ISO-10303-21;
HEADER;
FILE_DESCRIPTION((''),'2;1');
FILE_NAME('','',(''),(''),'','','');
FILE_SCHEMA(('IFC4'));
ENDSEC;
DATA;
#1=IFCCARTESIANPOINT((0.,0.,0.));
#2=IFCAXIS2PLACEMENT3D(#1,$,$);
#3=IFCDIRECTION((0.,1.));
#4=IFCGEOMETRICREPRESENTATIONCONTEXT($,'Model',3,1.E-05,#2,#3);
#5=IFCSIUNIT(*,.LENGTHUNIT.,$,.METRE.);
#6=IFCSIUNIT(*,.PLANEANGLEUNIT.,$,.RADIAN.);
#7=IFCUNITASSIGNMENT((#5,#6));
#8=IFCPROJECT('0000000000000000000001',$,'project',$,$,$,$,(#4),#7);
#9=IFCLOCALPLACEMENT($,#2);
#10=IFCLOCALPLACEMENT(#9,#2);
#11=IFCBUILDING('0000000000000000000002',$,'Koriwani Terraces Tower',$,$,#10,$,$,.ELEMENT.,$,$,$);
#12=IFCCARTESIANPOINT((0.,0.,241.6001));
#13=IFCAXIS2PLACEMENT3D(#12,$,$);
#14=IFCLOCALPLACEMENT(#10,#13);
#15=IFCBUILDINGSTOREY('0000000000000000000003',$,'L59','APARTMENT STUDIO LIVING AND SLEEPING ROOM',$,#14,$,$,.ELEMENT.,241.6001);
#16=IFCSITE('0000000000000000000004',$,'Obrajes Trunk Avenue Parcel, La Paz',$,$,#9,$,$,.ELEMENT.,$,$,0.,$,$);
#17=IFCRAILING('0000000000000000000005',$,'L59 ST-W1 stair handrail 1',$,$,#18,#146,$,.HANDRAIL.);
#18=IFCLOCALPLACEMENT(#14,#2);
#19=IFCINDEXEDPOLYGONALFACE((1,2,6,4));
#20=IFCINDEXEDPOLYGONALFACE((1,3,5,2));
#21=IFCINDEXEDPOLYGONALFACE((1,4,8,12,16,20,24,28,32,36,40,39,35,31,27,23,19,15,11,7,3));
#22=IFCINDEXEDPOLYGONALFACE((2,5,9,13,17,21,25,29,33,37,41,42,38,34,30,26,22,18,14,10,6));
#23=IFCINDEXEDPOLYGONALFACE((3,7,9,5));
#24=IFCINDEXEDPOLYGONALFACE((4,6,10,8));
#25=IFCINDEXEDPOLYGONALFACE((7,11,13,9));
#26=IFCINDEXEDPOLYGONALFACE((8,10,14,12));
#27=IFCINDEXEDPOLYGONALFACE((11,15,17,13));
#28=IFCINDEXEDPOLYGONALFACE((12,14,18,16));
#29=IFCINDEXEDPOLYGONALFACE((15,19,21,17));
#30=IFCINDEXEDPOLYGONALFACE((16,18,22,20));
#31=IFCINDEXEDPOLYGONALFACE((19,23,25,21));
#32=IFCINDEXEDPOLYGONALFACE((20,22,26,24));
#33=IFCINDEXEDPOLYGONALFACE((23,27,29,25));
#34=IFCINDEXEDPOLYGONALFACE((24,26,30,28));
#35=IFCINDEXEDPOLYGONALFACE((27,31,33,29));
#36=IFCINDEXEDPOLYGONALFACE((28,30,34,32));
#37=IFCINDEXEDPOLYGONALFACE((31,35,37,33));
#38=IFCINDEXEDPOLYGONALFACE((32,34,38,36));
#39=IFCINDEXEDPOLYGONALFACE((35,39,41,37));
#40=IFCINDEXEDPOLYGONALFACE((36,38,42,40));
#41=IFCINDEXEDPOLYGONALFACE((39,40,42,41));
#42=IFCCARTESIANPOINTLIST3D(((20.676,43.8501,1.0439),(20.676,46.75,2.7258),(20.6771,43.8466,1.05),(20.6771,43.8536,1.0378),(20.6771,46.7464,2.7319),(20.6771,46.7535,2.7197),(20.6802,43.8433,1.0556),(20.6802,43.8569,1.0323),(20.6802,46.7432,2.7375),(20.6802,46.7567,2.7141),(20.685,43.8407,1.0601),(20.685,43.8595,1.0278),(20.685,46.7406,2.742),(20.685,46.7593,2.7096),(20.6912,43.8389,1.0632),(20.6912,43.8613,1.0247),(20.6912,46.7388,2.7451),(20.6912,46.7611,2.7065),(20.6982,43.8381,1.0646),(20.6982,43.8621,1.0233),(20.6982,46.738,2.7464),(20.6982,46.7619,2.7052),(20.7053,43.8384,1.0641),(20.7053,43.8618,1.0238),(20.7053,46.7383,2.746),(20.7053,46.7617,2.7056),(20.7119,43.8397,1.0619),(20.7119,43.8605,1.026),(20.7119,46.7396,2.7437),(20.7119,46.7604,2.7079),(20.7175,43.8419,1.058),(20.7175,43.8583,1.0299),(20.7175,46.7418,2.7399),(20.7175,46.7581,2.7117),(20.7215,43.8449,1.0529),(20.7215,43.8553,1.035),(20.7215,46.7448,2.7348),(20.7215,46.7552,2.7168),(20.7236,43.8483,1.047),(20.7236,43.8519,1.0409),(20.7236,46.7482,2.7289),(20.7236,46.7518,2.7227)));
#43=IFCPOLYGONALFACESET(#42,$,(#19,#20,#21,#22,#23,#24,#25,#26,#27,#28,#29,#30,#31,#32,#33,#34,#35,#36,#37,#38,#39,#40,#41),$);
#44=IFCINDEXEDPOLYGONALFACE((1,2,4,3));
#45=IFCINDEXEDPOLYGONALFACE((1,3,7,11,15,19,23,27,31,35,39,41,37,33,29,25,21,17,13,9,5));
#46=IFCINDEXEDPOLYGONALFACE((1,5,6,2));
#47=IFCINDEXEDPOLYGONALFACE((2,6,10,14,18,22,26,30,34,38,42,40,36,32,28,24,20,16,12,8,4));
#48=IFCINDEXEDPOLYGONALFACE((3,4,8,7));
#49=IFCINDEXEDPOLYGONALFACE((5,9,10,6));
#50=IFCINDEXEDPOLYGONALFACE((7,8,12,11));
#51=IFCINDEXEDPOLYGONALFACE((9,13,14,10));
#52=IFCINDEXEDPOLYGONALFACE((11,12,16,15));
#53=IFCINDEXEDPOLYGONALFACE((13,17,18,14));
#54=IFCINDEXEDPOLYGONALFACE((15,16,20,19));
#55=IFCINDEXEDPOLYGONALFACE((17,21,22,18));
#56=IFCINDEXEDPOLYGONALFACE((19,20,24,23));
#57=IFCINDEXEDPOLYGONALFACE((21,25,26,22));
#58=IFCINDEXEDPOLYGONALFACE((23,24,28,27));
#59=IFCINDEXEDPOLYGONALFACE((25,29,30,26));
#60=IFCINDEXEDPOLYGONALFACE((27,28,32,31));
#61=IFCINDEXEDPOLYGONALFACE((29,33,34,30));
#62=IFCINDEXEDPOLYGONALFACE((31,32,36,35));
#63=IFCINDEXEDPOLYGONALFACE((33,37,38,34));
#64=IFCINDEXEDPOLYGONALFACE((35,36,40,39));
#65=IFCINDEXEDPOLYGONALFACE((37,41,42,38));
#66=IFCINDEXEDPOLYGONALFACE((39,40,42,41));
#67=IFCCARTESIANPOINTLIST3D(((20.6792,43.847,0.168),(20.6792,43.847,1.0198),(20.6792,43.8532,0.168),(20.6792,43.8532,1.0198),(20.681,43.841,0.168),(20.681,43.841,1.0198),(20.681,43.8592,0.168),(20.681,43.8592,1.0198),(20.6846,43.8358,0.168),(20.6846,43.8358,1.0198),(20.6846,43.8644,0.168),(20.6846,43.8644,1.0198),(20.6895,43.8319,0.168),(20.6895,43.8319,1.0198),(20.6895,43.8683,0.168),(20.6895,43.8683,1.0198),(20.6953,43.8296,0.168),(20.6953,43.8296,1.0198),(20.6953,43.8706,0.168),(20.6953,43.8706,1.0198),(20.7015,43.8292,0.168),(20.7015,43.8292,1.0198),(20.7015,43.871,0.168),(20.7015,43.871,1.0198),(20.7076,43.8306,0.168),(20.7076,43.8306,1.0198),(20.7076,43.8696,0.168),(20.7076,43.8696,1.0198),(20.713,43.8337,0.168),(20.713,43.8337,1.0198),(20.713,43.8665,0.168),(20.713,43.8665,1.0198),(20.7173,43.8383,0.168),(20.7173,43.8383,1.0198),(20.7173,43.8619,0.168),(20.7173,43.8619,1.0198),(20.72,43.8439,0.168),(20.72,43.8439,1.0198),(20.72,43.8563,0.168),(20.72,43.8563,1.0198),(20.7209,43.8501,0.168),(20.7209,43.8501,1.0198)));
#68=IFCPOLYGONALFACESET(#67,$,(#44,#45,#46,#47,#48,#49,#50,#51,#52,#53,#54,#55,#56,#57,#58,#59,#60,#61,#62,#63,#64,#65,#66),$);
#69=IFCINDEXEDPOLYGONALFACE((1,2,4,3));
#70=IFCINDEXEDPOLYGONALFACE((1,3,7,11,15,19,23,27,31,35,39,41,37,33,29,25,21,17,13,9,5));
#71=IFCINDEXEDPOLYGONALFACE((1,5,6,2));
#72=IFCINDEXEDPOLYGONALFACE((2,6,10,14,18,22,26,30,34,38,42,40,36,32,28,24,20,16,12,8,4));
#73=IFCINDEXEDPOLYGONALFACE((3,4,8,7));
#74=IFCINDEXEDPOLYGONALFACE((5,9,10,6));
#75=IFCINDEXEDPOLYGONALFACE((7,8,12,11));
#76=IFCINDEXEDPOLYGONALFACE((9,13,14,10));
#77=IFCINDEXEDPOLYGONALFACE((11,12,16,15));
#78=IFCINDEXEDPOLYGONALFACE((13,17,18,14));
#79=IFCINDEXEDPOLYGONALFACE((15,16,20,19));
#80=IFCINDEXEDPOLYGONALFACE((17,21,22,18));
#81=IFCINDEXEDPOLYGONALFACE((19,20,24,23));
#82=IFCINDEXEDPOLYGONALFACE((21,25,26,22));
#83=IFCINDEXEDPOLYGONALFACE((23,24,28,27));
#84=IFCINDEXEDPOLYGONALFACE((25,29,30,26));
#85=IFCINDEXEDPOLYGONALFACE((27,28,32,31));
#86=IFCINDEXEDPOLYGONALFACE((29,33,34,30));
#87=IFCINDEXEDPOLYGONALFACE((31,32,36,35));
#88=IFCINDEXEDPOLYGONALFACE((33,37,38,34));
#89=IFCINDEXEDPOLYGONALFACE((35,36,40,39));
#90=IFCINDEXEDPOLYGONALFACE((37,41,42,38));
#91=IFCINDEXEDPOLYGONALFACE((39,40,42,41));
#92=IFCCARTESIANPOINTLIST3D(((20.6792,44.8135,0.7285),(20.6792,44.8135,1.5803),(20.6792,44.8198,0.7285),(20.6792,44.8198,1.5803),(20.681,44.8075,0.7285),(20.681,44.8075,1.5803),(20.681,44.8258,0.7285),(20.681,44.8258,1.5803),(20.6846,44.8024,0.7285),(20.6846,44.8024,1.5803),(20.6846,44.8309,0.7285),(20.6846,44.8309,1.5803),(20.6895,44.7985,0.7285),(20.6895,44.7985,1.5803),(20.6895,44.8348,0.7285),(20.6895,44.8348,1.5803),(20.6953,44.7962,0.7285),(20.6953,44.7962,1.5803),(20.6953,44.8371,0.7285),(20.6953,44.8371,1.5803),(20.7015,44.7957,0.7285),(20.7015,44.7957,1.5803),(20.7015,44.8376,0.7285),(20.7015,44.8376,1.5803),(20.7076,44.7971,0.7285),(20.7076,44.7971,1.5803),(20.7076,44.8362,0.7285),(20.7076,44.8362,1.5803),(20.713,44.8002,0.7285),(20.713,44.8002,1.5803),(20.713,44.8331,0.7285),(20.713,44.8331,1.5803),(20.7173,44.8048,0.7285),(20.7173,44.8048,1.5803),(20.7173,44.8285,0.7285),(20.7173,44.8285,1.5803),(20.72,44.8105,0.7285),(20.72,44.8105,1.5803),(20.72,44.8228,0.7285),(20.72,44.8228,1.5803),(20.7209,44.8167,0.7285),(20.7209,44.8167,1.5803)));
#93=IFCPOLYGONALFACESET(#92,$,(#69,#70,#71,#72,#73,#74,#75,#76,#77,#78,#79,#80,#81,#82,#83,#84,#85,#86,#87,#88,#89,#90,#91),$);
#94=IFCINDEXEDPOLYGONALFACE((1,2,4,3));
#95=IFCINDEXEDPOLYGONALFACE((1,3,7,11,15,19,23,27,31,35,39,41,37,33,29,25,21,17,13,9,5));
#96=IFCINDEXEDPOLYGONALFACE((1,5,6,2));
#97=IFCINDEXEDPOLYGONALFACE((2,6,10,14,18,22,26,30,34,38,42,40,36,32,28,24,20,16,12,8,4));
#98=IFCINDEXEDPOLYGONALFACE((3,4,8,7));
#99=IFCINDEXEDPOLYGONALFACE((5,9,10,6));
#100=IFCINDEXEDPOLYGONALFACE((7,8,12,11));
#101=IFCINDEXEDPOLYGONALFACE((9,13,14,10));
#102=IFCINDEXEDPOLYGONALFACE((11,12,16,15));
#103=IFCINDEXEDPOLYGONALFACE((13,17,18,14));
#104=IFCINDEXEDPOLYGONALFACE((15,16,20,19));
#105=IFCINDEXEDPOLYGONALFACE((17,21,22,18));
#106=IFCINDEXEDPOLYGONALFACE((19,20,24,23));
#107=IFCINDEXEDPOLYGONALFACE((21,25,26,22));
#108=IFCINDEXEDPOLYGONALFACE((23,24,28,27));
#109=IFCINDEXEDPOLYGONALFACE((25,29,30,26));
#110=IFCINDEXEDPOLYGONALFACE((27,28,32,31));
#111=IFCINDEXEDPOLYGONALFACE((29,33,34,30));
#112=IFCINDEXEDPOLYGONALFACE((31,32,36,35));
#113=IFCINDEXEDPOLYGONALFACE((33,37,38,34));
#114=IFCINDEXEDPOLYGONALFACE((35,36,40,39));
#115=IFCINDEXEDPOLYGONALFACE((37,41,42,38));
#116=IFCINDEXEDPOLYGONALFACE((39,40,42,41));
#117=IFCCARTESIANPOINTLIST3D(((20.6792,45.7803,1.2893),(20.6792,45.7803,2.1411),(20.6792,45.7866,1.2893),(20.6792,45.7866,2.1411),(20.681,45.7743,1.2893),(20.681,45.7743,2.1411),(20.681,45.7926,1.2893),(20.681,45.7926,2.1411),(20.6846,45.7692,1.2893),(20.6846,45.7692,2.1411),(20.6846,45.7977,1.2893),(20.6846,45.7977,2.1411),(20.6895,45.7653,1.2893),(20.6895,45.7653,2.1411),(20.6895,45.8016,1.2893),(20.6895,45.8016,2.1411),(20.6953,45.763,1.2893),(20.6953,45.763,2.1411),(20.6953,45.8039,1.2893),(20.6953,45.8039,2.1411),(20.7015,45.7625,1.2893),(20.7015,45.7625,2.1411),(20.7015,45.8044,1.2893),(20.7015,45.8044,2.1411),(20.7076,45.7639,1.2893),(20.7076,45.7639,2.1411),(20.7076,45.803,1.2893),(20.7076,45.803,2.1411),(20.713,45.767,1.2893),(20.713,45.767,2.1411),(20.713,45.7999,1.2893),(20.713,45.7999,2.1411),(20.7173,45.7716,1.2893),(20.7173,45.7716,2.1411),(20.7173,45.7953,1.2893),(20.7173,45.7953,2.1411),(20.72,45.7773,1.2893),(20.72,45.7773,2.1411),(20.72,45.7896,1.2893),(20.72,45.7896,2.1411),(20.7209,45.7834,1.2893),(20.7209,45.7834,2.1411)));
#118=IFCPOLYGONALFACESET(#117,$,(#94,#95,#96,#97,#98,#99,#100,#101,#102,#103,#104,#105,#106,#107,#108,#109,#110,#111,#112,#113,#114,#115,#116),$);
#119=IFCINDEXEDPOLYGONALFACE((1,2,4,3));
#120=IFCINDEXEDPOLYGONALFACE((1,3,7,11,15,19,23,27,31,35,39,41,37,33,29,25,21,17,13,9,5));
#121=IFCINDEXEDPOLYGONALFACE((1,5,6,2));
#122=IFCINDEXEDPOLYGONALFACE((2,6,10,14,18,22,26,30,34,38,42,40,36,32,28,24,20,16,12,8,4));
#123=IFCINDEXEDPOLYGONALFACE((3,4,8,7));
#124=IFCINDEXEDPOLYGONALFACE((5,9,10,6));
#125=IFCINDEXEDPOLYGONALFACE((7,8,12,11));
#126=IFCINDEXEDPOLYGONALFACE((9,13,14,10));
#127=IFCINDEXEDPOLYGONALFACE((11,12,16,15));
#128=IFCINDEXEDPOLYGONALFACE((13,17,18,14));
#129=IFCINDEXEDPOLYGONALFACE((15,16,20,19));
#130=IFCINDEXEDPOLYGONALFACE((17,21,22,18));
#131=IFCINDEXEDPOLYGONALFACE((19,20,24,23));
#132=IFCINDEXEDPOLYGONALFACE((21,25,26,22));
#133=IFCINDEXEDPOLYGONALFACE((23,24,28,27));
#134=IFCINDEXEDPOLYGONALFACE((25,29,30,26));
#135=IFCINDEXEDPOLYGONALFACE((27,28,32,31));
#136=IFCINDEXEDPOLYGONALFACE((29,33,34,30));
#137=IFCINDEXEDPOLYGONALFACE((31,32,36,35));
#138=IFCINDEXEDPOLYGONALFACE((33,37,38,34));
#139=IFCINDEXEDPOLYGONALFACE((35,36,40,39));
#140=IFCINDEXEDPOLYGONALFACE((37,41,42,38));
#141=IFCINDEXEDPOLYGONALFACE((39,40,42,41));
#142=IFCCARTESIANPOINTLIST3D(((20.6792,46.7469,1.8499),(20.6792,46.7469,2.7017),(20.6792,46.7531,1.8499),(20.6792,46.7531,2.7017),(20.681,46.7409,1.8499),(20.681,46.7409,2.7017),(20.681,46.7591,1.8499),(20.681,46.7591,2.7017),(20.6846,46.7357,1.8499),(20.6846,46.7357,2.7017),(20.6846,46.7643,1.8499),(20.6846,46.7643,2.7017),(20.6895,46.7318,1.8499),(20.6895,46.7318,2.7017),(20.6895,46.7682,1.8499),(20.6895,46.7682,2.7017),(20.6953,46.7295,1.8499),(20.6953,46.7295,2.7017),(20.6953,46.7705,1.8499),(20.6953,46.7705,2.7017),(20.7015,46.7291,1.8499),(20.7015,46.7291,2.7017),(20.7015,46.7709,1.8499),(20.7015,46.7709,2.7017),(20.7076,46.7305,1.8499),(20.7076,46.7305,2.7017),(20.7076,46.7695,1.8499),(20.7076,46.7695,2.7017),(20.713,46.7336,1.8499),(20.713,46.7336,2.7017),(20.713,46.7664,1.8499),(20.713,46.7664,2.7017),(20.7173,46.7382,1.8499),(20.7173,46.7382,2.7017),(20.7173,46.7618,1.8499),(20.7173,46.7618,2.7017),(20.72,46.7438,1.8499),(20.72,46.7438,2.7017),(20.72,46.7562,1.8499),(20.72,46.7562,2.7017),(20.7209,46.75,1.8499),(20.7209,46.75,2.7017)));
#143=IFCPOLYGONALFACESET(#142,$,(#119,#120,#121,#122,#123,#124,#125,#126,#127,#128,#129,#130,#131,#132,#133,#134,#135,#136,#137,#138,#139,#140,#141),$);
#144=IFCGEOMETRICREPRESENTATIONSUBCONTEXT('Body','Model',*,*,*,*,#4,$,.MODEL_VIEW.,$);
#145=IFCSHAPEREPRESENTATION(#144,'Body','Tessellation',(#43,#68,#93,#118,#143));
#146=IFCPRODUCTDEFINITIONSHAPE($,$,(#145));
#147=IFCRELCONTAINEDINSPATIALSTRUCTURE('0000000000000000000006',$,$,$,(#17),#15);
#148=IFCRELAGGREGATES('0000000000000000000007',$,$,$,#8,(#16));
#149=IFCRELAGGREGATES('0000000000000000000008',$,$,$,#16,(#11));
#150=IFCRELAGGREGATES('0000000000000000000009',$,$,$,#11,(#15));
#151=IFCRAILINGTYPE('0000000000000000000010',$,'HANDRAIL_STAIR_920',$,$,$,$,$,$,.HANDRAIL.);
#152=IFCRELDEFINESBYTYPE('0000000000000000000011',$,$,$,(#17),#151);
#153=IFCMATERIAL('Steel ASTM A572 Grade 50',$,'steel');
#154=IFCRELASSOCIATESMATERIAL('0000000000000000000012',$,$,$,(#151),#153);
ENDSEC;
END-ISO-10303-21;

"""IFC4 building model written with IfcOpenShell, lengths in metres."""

from ifc_helpers import new_model, si_unit, direction, frame, origin, origin_2d, place, context, subcontext, project, spatial, circle, extrude, material, type_object, element, save


model = new_model("IFC4")

# Units and contexts
model_context = context("Model", 3, precision=1e-05, world=origin(), true_north=direction((0.0, 1.0)))
body_context = subcontext(model_context, "Body", "Model", "MODEL_VIEW")
ifc_project = project(units=[si_unit("LENGTHUNIT", "METRE"), si_unit("PLANEANGLEUNIT", "RADIAN")], contexts=[model_context])

# Site, building, storey
site_placement = place(None, origin())
site = spatial("IfcSite", under=ifc_project, at=site_placement, Name="Obrajes Trunk Avenue Parcel, La Paz", CompositionType="ELEMENT", RefElevation=0.0)
building_placement = place(site_placement, origin())
building = spatial("IfcBuilding", under=site, at=building_placement, Name="Koriwani Terraces Tower", CompositionType="ELEMENT")
storey_placement = place(building_placement, frame((0.0, 0.0, 241.6001)))
storey = spatial("IfcBuildingStorey", under=building, at=storey_placement, Name="L59", Description="APARTMENT STUDIO LIVING AND SLEEPING ROOM", CompositionType="ELEMENT", Elevation=241.6001)

# Shared definitions
ifc_material_1 = material(Name="Steel ASTM A572 Grade 50", Category="steel")

# Railing
railing_type_1 = type_object("IfcRailingType", Name="HANDRAIL_STAIR_920", PredefinedType="HANDRAIL", material=ifc_material_1)
railing_1_placement = place(storey_placement, frame((20.7, 43.8501, 0.168)))
element("IfcRailing", 1, at=railing_1_placement, inside=storey, type_object=railing_type_1, Name="L59 ST-W1 stair handrail 1", PredefinedType="HANDRAIL", context=body_context, shape_type="SweptSolid", body=[
    extrude(circle(Radius=0.0239, at=origin_2d()), frame((0.0, 0.0, 0.876), z_axis=(0.0, 0.865039, 0.501705), x_axis=(-1.0, 0.0, 0.0)), (0.0, 0.0, 1.0), 3.3523),
    extrude(circle(Radius=0.021, at=origin_2d()), origin(), (0.0, 0.0, 1.0), 0.8518),
    extrude(circle(Radius=0.021, at=origin_2d()), frame((0.0, 0.9666, 0.5605)), (0.0, 0.0, 1.0), 0.8518),
    extrude(circle(Radius=0.021, at=origin_2d()), frame((0.0, 1.9333, 1.1213)), (0.0, 0.0, 1.0), 0.8518),
    extrude(circle(Radius=0.021, at=origin_2d()), frame((0.0, 2.8999, 1.6819)), (0.0, 0.0, 1.0), 0.8518),
])

save(model, "model.ifc")
